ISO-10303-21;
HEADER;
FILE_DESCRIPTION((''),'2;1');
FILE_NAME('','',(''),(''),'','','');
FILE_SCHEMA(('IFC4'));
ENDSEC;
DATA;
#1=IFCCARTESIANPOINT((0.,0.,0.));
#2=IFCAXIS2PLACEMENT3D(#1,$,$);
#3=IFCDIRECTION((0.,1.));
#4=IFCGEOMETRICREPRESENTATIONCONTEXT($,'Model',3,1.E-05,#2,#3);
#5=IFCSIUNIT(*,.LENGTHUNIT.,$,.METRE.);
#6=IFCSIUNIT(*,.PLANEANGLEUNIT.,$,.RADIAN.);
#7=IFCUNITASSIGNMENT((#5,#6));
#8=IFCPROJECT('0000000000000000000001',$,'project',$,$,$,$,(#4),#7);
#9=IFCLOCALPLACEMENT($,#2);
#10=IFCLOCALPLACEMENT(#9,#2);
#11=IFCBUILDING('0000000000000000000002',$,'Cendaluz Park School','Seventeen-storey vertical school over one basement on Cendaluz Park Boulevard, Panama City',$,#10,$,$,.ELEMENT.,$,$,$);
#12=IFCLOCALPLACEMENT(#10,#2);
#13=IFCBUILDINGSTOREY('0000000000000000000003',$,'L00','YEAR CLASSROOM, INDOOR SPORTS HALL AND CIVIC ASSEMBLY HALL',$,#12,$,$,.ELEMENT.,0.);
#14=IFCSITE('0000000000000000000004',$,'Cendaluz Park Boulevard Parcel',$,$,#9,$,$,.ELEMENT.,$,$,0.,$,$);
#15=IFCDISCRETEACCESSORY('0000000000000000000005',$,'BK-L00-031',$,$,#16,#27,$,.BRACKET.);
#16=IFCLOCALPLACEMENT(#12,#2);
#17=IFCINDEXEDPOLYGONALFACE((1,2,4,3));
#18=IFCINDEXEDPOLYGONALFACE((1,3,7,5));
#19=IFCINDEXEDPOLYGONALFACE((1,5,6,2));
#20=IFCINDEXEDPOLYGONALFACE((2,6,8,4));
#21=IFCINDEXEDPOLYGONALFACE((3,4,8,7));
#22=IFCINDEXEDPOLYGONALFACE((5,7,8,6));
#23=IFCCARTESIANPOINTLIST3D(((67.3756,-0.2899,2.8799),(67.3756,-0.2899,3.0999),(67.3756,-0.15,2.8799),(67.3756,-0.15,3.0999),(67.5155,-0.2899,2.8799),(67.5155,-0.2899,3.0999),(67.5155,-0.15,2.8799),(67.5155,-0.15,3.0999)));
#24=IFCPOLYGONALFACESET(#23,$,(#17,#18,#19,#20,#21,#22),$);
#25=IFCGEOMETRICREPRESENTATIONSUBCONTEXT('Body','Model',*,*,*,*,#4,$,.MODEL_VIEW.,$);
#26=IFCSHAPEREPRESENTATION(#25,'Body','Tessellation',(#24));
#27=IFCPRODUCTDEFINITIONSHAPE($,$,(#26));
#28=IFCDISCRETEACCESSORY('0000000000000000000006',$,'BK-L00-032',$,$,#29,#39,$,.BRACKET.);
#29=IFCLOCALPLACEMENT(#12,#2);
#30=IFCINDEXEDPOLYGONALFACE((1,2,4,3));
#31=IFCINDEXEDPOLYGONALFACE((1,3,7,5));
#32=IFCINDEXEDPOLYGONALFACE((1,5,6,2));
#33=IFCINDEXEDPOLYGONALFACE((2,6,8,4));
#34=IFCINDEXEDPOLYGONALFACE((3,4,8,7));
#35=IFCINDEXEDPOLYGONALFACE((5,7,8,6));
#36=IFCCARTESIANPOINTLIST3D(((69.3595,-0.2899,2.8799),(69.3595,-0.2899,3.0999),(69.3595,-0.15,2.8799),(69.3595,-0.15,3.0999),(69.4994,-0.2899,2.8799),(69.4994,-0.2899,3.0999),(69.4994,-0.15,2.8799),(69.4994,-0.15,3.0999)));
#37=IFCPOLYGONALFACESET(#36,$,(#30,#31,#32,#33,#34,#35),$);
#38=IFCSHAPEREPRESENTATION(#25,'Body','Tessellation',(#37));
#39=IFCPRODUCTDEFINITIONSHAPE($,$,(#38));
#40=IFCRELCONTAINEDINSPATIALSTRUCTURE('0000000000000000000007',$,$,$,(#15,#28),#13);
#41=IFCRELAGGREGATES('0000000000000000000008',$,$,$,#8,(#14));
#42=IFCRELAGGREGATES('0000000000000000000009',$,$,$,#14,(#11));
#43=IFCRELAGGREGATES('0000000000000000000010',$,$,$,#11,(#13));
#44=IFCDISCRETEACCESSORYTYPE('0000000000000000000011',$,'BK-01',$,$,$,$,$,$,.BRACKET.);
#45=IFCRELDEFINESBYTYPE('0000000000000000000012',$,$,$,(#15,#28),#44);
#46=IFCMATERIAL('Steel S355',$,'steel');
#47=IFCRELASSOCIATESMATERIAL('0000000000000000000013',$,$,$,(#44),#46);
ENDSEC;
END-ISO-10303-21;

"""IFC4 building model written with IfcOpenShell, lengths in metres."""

from ifc_helpers import new_model, si_unit, direction, frame, origin, origin_2d, place, context, subcontext, project, spatial, rectangle, extrude, material, type_object, element, save


model = new_model("IFC4")

# Units and contexts
model_context = context("Model", 3, precision=1e-05, world=origin(), true_north=direction((0.0, 1.0)))
body_context = subcontext(model_context, "Body", "Model", "MODEL_VIEW")
ifc_project = project(units=[si_unit("LENGTHUNIT", "METRE"), si_unit("PLANEANGLEUNIT", "RADIAN")], contexts=[model_context])

# Site, building, storey
site_placement = place(None, origin())
site = spatial("IfcSite", under=ifc_project, at=site_placement, Name="Cendaluz Park Boulevard Parcel", CompositionType="ELEMENT", RefElevation=0.0)
building_placement = place(site_placement, origin())
building = spatial("IfcBuilding", under=site, at=building_placement, Name="Cendaluz Park School", Description="Seventeen-storey vertical school over one basement on Cendaluz Park Boulevard, Panama City", CompositionType="ELEMENT")
storey_placement = place(building_placement, origin())
storey = spatial("IfcBuildingStorey", under=building, at=storey_placement, Name="L00", Description="YEAR CLASSROOM, INDOOR SPORTS HALL AND CIVIC ASSEMBLY HALL", CompositionType="ELEMENT", Elevation=0.0)

# Shared definitions
ifc_material_1 = material(Name="Steel S355", Category="steel")

# Discrete accessories
discrete_accessory_type = type_object("IfcDiscreteAccessoryType", Name="BK-01", PredefinedType="BRACKET", material=ifc_material_1)
for number, where, z_axis, x_axis, name in (
    (1, (67.4456, -0.22, 2.8799), (0.0, 0.0, 1.0), (1.0, 0.0, 0.0), "BK-L00-031"),
    (2, (69.4294, -0.22, 2.8799), (0.0, 0.0, 1.0), (1.0, 0.0, 0.0), "BK-L00-032"),
):
    element("IfcDiscreteAccessory", number, at=place(storey_placement, frame(where, z_axis=z_axis, x_axis=x_axis)), inside=storey, type_object=discrete_accessory_type, Name=name, PredefinedType="BRACKET", context=body_context, shape_type="SweptSolid", body=[
        extrude(rectangle(XDim=0.1399, YDim=0.1399, at=origin_2d()), origin(), (0.0, 0.0, 1.0), 0.22),
    ])

save(model, "model.ifc")
